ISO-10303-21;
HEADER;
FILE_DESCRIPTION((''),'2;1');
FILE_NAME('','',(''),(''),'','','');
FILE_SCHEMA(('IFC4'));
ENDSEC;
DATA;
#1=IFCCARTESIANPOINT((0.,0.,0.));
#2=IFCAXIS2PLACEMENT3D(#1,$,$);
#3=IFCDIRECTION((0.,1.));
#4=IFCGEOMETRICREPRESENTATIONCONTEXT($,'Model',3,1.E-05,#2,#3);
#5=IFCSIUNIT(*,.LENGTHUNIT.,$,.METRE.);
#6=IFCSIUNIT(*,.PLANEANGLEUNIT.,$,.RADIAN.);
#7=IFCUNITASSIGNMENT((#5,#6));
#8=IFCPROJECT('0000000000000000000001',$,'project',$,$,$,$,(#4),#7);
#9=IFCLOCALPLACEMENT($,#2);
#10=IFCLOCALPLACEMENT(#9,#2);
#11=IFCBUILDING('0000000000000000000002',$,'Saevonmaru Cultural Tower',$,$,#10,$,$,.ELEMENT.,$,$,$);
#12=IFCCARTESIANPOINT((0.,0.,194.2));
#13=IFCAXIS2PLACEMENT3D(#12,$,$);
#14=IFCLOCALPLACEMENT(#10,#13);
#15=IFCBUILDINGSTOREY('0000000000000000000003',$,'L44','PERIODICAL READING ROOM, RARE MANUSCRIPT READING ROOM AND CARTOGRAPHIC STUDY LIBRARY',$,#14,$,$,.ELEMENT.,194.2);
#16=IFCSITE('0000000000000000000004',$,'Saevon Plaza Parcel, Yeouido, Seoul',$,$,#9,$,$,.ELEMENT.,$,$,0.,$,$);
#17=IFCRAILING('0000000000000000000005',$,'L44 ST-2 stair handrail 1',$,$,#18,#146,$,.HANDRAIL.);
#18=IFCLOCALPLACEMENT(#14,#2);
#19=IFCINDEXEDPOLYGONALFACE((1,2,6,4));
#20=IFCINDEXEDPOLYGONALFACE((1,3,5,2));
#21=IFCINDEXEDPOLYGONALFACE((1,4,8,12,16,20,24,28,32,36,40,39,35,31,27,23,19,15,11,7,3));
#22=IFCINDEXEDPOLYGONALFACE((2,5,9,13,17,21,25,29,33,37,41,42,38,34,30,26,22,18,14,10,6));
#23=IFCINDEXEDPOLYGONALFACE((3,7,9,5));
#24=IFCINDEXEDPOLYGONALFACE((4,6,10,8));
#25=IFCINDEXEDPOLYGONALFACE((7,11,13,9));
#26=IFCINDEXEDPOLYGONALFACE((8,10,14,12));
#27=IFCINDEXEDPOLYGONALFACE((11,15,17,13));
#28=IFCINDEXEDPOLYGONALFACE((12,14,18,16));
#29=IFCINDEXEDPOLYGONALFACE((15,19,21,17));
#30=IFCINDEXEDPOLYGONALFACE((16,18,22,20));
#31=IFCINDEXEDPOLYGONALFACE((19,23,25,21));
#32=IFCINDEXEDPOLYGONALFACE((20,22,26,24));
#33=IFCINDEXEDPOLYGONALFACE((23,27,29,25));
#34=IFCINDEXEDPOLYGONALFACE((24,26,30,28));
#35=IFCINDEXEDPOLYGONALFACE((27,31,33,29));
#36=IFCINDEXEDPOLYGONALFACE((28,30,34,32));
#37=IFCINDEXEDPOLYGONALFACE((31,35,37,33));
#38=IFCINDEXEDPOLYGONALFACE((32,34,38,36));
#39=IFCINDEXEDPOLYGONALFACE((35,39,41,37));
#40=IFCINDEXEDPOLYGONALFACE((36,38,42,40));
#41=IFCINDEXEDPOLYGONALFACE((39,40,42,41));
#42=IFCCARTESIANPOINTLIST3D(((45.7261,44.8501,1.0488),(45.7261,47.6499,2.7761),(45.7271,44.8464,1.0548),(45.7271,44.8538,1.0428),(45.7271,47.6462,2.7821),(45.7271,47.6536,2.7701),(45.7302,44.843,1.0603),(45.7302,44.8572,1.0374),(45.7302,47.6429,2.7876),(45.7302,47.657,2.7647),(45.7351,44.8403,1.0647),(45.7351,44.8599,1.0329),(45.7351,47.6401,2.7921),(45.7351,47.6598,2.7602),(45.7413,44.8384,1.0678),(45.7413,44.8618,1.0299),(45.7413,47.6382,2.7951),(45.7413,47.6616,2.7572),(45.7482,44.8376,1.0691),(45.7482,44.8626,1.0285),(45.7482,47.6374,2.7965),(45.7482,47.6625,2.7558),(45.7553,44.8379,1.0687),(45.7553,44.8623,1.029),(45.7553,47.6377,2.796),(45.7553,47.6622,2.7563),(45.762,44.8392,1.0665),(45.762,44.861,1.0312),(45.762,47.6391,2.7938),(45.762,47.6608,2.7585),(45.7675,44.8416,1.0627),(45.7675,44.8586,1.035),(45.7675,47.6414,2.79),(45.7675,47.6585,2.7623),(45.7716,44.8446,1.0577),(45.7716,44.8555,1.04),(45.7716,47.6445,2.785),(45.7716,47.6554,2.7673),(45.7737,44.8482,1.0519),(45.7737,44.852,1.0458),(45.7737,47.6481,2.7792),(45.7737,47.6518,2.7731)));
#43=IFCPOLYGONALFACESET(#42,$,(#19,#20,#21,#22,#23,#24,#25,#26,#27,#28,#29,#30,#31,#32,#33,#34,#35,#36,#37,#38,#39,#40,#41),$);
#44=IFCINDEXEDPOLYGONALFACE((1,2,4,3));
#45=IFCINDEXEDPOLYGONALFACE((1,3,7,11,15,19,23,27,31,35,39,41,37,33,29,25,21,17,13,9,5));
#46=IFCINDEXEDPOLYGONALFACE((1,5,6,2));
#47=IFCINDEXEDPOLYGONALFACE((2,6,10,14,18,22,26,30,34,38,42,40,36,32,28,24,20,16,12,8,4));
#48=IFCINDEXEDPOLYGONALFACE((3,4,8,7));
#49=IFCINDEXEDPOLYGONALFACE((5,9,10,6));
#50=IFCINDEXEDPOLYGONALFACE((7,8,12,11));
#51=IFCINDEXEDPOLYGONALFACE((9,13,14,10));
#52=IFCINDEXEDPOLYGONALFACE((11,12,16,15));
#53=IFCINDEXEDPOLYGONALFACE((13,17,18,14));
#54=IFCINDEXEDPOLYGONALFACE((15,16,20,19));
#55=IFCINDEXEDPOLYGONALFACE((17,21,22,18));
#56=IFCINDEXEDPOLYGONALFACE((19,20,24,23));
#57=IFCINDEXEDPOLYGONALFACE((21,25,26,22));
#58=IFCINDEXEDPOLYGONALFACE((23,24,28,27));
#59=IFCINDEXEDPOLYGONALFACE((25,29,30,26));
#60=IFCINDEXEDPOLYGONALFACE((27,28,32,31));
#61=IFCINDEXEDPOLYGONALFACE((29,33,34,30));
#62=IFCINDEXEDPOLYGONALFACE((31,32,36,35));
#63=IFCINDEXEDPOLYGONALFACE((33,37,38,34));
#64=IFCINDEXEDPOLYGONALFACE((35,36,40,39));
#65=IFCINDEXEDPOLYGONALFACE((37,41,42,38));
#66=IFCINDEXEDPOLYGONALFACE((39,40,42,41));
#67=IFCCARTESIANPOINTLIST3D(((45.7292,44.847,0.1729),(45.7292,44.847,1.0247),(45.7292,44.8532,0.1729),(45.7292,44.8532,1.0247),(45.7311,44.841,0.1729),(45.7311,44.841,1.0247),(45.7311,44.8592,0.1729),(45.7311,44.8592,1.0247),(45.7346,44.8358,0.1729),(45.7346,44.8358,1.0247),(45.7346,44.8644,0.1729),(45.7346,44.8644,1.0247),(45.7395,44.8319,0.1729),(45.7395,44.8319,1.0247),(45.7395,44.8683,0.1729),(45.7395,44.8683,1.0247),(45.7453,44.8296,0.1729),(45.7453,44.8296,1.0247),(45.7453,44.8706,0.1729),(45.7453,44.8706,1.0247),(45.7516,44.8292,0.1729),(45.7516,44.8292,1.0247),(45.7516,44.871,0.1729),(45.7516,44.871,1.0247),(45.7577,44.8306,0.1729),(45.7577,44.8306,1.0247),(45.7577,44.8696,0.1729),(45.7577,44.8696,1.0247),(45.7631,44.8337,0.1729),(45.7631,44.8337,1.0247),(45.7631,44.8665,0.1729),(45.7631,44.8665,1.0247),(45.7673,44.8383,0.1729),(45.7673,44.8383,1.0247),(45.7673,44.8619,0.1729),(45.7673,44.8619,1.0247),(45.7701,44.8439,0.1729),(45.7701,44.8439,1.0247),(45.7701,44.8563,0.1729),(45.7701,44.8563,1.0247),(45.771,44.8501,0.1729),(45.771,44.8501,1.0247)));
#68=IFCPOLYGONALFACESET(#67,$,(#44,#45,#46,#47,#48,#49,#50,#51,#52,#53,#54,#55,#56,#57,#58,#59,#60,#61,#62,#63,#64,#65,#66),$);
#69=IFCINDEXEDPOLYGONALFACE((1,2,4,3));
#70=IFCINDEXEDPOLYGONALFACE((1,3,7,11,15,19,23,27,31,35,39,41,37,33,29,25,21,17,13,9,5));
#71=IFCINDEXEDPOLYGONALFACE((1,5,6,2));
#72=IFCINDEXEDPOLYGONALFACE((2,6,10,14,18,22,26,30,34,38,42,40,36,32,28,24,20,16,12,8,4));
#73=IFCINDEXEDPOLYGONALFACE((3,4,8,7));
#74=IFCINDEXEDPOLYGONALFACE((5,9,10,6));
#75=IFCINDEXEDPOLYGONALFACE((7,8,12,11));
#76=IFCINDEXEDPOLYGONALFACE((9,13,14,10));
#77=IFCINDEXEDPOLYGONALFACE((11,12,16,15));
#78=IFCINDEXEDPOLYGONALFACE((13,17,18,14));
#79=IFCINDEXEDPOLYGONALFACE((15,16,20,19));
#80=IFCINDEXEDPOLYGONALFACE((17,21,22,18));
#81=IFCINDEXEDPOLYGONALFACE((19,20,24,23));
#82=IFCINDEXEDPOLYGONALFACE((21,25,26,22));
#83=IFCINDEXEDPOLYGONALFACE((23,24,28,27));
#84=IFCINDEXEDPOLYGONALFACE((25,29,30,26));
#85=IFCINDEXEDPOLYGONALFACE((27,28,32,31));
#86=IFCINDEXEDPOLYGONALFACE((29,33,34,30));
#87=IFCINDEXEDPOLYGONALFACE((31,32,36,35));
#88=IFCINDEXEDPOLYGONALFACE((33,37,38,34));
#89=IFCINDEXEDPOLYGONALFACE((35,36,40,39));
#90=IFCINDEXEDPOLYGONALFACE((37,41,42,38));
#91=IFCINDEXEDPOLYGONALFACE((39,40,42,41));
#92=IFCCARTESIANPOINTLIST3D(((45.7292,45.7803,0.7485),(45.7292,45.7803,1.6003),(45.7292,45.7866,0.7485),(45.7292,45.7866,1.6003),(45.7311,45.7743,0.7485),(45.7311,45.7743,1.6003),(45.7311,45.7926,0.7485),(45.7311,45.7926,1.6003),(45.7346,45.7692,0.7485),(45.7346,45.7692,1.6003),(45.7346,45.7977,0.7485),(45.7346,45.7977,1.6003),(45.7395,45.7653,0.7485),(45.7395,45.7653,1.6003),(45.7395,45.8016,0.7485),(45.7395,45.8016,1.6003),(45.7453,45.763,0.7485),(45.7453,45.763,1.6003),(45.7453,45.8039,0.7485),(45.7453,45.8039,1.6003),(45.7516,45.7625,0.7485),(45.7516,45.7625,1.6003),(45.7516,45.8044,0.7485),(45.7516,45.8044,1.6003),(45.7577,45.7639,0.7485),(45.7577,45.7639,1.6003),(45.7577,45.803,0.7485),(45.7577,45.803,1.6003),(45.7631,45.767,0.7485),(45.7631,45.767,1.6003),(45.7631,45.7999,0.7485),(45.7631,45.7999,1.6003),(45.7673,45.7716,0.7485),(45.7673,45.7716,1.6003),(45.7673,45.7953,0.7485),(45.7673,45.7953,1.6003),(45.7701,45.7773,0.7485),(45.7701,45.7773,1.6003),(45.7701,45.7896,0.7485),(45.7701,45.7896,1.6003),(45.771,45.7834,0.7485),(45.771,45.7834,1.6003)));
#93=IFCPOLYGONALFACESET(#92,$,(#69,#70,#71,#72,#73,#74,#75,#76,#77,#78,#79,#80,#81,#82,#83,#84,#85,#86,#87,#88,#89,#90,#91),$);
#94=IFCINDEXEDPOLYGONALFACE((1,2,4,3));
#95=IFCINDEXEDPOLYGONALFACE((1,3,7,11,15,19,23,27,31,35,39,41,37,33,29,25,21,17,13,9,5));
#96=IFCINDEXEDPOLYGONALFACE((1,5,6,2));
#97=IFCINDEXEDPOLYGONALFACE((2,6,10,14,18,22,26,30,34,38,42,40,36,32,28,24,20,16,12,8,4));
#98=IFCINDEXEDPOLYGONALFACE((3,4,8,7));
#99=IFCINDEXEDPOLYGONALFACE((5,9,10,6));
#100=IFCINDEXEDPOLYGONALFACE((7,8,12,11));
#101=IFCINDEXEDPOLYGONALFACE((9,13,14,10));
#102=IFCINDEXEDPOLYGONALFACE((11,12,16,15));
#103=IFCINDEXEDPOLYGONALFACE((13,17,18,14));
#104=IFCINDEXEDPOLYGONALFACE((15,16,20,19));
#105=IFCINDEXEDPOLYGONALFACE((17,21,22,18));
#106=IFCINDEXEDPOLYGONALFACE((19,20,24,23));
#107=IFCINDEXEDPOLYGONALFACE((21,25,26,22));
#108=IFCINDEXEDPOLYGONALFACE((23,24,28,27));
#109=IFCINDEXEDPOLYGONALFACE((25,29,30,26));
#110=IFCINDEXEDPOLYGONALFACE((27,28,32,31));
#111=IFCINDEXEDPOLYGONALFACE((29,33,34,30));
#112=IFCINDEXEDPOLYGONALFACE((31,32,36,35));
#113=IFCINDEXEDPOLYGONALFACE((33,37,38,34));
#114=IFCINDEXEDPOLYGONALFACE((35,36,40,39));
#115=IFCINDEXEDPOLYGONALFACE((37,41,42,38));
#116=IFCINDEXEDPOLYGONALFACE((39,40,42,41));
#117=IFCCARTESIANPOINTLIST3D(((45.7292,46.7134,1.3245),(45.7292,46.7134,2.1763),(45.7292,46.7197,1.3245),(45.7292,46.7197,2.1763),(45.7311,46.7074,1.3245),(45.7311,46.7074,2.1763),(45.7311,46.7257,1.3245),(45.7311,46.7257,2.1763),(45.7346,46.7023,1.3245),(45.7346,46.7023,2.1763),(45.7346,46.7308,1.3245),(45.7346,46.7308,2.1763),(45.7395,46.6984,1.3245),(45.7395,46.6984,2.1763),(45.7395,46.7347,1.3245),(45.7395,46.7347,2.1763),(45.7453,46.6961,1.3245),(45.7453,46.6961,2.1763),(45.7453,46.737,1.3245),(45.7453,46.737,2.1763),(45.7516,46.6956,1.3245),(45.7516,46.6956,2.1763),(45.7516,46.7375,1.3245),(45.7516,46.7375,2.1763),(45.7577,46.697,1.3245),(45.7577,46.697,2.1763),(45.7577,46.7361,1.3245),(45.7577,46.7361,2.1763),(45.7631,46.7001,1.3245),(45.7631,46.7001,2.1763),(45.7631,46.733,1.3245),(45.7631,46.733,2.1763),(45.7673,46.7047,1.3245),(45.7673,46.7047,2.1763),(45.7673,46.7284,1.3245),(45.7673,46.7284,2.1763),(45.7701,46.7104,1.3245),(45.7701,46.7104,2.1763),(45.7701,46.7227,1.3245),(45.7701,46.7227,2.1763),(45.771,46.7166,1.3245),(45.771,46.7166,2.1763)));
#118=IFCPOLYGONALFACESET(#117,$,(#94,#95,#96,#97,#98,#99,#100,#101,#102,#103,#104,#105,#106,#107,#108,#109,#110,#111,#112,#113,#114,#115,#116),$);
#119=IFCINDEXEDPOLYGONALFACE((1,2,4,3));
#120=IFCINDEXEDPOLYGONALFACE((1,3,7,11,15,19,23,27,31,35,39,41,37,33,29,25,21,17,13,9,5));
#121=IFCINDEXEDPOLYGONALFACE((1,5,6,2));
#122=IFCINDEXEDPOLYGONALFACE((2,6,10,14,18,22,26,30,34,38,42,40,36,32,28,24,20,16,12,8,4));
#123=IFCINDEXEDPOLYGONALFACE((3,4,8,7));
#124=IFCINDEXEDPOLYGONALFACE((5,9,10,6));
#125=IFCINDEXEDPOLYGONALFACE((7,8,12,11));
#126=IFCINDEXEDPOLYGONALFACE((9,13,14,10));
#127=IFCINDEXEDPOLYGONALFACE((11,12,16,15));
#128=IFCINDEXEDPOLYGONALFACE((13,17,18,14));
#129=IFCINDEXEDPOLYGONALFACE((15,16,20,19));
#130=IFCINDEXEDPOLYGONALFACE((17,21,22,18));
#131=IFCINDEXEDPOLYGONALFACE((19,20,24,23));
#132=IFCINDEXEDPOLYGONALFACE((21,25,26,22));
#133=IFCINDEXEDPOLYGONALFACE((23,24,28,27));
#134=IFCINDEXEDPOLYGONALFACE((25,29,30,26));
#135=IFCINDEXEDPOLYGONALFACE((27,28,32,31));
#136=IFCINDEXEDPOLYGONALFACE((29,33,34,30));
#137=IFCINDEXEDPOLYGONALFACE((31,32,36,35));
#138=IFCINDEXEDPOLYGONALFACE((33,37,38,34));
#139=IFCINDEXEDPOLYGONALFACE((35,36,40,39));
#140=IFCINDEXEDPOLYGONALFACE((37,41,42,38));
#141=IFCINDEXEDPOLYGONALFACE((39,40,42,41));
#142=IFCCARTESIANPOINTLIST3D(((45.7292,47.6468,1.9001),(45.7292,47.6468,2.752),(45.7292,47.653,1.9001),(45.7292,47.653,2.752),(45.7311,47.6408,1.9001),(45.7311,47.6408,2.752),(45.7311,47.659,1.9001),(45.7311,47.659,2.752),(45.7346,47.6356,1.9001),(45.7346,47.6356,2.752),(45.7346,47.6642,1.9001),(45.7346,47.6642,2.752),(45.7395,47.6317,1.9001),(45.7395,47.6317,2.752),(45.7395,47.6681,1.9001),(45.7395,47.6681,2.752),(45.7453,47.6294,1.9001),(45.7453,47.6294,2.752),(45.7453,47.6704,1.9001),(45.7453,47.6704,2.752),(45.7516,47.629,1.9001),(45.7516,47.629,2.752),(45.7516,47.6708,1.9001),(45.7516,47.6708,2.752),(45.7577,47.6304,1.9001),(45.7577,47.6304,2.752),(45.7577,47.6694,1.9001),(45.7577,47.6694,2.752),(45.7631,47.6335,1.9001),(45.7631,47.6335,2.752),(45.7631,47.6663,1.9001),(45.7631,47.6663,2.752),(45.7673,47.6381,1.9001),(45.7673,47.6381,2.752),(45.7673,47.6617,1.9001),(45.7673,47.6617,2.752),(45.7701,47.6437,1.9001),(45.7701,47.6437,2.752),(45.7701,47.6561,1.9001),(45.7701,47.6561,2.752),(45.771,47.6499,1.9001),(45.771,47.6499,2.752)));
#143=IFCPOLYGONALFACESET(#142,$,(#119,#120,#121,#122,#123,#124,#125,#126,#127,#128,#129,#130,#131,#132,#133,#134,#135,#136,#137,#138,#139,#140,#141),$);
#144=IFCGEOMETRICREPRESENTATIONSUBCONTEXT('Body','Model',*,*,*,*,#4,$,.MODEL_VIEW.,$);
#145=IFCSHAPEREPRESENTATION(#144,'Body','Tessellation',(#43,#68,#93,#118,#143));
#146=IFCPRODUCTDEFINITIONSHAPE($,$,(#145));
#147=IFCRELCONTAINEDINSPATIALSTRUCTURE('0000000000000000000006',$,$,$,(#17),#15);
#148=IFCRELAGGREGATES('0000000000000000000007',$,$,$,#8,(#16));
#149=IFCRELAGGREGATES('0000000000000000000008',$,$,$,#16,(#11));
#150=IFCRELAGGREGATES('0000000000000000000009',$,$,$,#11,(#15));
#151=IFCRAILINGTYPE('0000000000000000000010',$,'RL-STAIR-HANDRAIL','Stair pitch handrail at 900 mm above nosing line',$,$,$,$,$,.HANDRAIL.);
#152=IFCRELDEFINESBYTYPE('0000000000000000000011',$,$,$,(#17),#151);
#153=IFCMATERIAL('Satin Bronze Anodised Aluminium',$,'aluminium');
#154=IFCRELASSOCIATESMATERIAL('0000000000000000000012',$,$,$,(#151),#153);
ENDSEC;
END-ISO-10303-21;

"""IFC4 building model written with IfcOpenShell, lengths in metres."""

from ifc_helpers import new_model, si_unit, direction, frame, origin, origin_2d, place, context, subcontext, project, spatial, circle, extrude, material, type_object, element, save


model = new_model("IFC4")

# Units and contexts
model_context = context("Model", 3, precision=1e-05, world=origin(), true_north=direction((0.0, 1.0)))
body_context = subcontext(model_context, "Body", "Model", "MODEL_VIEW")
ifc_project = project(units=[si_unit("LENGTHUNIT", "METRE"), si_unit("PLANEANGLEUNIT", "RADIAN")], contexts=[model_context])

# Site, building, storey
site_placement = place(None, origin())
site = spatial("IfcSite", under=ifc_project, at=site_placement, Name="Saevon Plaza Parcel, Yeouido, Seoul", CompositionType="ELEMENT", RefElevation=0.0)
building_placement = place(site_placement, origin())
building = spatial("IfcBuilding", under=site, at=building_placement, Name="Saevonmaru Cultural Tower", CompositionType="ELEMENT")
storey_placement = place(building_placement, frame((0.0, 0.0, 194.2)))
storey = spatial("IfcBuildingStorey", under=building, at=storey_placement, Name="L44", Description="PERIODICAL READING ROOM, RARE MANUSCRIPT READING ROOM AND CARTOGRAPHIC STUDY LIBRARY", CompositionType="ELEMENT", Elevation=194.2)

# Shared definitions
ifc_material_1 = material(Name="Satin Bronze Anodised Aluminium", Category="aluminium")

# Railing
railing_type_1 = type_object("IfcRailingType", Name="RL-STAIR-HANDRAIL", Description="Stair pitch handrail at 900 mm above nosing line", PredefinedType="HANDRAIL", material=ifc_material_1)
railing_1_placement = place(storey_placement, frame((45.75, 44.8501, 0.1729)))
element("IfcRailing", 1, at=railing_1_placement, inside=storey, type_object=railing_type_1, Name="L44 ST-2 stair handrail 1", PredefinedType="HANDRAIL", context=body_context, shape_type="SweptSolid", body=[
    extrude(circle(Radius=0.0239, at=origin_2d()), frame((0.0, 0.0, 0.876), z_axis=(0.0, 0.851069, 0.525054), x_axis=(-1.0, 0.0, 0.0)), (0.0, 0.0, 1.0), 3.2898),
    extrude(circle(Radius=0.021, at=origin_2d()), origin(), (0.0, 0.0, 1.0), 0.8518),
    extrude(circle(Radius=0.021, at=origin_2d()), frame((0.0, 0.9333, 0.5757)), (0.0, 0.0, 1.0), 0.8518),
    extrude(circle(Radius=0.021, at=origin_2d()), frame((0.0, 1.8665, 1.1516)), (0.0, 0.0, 1.0), 0.8518),
    extrude(circle(Radius=0.021, at=origin_2d()), frame((0.0, 2.7998, 1.7273)), (0.0, 0.0, 1.0), 0.8518),
])

save(model, "model.ifc")
